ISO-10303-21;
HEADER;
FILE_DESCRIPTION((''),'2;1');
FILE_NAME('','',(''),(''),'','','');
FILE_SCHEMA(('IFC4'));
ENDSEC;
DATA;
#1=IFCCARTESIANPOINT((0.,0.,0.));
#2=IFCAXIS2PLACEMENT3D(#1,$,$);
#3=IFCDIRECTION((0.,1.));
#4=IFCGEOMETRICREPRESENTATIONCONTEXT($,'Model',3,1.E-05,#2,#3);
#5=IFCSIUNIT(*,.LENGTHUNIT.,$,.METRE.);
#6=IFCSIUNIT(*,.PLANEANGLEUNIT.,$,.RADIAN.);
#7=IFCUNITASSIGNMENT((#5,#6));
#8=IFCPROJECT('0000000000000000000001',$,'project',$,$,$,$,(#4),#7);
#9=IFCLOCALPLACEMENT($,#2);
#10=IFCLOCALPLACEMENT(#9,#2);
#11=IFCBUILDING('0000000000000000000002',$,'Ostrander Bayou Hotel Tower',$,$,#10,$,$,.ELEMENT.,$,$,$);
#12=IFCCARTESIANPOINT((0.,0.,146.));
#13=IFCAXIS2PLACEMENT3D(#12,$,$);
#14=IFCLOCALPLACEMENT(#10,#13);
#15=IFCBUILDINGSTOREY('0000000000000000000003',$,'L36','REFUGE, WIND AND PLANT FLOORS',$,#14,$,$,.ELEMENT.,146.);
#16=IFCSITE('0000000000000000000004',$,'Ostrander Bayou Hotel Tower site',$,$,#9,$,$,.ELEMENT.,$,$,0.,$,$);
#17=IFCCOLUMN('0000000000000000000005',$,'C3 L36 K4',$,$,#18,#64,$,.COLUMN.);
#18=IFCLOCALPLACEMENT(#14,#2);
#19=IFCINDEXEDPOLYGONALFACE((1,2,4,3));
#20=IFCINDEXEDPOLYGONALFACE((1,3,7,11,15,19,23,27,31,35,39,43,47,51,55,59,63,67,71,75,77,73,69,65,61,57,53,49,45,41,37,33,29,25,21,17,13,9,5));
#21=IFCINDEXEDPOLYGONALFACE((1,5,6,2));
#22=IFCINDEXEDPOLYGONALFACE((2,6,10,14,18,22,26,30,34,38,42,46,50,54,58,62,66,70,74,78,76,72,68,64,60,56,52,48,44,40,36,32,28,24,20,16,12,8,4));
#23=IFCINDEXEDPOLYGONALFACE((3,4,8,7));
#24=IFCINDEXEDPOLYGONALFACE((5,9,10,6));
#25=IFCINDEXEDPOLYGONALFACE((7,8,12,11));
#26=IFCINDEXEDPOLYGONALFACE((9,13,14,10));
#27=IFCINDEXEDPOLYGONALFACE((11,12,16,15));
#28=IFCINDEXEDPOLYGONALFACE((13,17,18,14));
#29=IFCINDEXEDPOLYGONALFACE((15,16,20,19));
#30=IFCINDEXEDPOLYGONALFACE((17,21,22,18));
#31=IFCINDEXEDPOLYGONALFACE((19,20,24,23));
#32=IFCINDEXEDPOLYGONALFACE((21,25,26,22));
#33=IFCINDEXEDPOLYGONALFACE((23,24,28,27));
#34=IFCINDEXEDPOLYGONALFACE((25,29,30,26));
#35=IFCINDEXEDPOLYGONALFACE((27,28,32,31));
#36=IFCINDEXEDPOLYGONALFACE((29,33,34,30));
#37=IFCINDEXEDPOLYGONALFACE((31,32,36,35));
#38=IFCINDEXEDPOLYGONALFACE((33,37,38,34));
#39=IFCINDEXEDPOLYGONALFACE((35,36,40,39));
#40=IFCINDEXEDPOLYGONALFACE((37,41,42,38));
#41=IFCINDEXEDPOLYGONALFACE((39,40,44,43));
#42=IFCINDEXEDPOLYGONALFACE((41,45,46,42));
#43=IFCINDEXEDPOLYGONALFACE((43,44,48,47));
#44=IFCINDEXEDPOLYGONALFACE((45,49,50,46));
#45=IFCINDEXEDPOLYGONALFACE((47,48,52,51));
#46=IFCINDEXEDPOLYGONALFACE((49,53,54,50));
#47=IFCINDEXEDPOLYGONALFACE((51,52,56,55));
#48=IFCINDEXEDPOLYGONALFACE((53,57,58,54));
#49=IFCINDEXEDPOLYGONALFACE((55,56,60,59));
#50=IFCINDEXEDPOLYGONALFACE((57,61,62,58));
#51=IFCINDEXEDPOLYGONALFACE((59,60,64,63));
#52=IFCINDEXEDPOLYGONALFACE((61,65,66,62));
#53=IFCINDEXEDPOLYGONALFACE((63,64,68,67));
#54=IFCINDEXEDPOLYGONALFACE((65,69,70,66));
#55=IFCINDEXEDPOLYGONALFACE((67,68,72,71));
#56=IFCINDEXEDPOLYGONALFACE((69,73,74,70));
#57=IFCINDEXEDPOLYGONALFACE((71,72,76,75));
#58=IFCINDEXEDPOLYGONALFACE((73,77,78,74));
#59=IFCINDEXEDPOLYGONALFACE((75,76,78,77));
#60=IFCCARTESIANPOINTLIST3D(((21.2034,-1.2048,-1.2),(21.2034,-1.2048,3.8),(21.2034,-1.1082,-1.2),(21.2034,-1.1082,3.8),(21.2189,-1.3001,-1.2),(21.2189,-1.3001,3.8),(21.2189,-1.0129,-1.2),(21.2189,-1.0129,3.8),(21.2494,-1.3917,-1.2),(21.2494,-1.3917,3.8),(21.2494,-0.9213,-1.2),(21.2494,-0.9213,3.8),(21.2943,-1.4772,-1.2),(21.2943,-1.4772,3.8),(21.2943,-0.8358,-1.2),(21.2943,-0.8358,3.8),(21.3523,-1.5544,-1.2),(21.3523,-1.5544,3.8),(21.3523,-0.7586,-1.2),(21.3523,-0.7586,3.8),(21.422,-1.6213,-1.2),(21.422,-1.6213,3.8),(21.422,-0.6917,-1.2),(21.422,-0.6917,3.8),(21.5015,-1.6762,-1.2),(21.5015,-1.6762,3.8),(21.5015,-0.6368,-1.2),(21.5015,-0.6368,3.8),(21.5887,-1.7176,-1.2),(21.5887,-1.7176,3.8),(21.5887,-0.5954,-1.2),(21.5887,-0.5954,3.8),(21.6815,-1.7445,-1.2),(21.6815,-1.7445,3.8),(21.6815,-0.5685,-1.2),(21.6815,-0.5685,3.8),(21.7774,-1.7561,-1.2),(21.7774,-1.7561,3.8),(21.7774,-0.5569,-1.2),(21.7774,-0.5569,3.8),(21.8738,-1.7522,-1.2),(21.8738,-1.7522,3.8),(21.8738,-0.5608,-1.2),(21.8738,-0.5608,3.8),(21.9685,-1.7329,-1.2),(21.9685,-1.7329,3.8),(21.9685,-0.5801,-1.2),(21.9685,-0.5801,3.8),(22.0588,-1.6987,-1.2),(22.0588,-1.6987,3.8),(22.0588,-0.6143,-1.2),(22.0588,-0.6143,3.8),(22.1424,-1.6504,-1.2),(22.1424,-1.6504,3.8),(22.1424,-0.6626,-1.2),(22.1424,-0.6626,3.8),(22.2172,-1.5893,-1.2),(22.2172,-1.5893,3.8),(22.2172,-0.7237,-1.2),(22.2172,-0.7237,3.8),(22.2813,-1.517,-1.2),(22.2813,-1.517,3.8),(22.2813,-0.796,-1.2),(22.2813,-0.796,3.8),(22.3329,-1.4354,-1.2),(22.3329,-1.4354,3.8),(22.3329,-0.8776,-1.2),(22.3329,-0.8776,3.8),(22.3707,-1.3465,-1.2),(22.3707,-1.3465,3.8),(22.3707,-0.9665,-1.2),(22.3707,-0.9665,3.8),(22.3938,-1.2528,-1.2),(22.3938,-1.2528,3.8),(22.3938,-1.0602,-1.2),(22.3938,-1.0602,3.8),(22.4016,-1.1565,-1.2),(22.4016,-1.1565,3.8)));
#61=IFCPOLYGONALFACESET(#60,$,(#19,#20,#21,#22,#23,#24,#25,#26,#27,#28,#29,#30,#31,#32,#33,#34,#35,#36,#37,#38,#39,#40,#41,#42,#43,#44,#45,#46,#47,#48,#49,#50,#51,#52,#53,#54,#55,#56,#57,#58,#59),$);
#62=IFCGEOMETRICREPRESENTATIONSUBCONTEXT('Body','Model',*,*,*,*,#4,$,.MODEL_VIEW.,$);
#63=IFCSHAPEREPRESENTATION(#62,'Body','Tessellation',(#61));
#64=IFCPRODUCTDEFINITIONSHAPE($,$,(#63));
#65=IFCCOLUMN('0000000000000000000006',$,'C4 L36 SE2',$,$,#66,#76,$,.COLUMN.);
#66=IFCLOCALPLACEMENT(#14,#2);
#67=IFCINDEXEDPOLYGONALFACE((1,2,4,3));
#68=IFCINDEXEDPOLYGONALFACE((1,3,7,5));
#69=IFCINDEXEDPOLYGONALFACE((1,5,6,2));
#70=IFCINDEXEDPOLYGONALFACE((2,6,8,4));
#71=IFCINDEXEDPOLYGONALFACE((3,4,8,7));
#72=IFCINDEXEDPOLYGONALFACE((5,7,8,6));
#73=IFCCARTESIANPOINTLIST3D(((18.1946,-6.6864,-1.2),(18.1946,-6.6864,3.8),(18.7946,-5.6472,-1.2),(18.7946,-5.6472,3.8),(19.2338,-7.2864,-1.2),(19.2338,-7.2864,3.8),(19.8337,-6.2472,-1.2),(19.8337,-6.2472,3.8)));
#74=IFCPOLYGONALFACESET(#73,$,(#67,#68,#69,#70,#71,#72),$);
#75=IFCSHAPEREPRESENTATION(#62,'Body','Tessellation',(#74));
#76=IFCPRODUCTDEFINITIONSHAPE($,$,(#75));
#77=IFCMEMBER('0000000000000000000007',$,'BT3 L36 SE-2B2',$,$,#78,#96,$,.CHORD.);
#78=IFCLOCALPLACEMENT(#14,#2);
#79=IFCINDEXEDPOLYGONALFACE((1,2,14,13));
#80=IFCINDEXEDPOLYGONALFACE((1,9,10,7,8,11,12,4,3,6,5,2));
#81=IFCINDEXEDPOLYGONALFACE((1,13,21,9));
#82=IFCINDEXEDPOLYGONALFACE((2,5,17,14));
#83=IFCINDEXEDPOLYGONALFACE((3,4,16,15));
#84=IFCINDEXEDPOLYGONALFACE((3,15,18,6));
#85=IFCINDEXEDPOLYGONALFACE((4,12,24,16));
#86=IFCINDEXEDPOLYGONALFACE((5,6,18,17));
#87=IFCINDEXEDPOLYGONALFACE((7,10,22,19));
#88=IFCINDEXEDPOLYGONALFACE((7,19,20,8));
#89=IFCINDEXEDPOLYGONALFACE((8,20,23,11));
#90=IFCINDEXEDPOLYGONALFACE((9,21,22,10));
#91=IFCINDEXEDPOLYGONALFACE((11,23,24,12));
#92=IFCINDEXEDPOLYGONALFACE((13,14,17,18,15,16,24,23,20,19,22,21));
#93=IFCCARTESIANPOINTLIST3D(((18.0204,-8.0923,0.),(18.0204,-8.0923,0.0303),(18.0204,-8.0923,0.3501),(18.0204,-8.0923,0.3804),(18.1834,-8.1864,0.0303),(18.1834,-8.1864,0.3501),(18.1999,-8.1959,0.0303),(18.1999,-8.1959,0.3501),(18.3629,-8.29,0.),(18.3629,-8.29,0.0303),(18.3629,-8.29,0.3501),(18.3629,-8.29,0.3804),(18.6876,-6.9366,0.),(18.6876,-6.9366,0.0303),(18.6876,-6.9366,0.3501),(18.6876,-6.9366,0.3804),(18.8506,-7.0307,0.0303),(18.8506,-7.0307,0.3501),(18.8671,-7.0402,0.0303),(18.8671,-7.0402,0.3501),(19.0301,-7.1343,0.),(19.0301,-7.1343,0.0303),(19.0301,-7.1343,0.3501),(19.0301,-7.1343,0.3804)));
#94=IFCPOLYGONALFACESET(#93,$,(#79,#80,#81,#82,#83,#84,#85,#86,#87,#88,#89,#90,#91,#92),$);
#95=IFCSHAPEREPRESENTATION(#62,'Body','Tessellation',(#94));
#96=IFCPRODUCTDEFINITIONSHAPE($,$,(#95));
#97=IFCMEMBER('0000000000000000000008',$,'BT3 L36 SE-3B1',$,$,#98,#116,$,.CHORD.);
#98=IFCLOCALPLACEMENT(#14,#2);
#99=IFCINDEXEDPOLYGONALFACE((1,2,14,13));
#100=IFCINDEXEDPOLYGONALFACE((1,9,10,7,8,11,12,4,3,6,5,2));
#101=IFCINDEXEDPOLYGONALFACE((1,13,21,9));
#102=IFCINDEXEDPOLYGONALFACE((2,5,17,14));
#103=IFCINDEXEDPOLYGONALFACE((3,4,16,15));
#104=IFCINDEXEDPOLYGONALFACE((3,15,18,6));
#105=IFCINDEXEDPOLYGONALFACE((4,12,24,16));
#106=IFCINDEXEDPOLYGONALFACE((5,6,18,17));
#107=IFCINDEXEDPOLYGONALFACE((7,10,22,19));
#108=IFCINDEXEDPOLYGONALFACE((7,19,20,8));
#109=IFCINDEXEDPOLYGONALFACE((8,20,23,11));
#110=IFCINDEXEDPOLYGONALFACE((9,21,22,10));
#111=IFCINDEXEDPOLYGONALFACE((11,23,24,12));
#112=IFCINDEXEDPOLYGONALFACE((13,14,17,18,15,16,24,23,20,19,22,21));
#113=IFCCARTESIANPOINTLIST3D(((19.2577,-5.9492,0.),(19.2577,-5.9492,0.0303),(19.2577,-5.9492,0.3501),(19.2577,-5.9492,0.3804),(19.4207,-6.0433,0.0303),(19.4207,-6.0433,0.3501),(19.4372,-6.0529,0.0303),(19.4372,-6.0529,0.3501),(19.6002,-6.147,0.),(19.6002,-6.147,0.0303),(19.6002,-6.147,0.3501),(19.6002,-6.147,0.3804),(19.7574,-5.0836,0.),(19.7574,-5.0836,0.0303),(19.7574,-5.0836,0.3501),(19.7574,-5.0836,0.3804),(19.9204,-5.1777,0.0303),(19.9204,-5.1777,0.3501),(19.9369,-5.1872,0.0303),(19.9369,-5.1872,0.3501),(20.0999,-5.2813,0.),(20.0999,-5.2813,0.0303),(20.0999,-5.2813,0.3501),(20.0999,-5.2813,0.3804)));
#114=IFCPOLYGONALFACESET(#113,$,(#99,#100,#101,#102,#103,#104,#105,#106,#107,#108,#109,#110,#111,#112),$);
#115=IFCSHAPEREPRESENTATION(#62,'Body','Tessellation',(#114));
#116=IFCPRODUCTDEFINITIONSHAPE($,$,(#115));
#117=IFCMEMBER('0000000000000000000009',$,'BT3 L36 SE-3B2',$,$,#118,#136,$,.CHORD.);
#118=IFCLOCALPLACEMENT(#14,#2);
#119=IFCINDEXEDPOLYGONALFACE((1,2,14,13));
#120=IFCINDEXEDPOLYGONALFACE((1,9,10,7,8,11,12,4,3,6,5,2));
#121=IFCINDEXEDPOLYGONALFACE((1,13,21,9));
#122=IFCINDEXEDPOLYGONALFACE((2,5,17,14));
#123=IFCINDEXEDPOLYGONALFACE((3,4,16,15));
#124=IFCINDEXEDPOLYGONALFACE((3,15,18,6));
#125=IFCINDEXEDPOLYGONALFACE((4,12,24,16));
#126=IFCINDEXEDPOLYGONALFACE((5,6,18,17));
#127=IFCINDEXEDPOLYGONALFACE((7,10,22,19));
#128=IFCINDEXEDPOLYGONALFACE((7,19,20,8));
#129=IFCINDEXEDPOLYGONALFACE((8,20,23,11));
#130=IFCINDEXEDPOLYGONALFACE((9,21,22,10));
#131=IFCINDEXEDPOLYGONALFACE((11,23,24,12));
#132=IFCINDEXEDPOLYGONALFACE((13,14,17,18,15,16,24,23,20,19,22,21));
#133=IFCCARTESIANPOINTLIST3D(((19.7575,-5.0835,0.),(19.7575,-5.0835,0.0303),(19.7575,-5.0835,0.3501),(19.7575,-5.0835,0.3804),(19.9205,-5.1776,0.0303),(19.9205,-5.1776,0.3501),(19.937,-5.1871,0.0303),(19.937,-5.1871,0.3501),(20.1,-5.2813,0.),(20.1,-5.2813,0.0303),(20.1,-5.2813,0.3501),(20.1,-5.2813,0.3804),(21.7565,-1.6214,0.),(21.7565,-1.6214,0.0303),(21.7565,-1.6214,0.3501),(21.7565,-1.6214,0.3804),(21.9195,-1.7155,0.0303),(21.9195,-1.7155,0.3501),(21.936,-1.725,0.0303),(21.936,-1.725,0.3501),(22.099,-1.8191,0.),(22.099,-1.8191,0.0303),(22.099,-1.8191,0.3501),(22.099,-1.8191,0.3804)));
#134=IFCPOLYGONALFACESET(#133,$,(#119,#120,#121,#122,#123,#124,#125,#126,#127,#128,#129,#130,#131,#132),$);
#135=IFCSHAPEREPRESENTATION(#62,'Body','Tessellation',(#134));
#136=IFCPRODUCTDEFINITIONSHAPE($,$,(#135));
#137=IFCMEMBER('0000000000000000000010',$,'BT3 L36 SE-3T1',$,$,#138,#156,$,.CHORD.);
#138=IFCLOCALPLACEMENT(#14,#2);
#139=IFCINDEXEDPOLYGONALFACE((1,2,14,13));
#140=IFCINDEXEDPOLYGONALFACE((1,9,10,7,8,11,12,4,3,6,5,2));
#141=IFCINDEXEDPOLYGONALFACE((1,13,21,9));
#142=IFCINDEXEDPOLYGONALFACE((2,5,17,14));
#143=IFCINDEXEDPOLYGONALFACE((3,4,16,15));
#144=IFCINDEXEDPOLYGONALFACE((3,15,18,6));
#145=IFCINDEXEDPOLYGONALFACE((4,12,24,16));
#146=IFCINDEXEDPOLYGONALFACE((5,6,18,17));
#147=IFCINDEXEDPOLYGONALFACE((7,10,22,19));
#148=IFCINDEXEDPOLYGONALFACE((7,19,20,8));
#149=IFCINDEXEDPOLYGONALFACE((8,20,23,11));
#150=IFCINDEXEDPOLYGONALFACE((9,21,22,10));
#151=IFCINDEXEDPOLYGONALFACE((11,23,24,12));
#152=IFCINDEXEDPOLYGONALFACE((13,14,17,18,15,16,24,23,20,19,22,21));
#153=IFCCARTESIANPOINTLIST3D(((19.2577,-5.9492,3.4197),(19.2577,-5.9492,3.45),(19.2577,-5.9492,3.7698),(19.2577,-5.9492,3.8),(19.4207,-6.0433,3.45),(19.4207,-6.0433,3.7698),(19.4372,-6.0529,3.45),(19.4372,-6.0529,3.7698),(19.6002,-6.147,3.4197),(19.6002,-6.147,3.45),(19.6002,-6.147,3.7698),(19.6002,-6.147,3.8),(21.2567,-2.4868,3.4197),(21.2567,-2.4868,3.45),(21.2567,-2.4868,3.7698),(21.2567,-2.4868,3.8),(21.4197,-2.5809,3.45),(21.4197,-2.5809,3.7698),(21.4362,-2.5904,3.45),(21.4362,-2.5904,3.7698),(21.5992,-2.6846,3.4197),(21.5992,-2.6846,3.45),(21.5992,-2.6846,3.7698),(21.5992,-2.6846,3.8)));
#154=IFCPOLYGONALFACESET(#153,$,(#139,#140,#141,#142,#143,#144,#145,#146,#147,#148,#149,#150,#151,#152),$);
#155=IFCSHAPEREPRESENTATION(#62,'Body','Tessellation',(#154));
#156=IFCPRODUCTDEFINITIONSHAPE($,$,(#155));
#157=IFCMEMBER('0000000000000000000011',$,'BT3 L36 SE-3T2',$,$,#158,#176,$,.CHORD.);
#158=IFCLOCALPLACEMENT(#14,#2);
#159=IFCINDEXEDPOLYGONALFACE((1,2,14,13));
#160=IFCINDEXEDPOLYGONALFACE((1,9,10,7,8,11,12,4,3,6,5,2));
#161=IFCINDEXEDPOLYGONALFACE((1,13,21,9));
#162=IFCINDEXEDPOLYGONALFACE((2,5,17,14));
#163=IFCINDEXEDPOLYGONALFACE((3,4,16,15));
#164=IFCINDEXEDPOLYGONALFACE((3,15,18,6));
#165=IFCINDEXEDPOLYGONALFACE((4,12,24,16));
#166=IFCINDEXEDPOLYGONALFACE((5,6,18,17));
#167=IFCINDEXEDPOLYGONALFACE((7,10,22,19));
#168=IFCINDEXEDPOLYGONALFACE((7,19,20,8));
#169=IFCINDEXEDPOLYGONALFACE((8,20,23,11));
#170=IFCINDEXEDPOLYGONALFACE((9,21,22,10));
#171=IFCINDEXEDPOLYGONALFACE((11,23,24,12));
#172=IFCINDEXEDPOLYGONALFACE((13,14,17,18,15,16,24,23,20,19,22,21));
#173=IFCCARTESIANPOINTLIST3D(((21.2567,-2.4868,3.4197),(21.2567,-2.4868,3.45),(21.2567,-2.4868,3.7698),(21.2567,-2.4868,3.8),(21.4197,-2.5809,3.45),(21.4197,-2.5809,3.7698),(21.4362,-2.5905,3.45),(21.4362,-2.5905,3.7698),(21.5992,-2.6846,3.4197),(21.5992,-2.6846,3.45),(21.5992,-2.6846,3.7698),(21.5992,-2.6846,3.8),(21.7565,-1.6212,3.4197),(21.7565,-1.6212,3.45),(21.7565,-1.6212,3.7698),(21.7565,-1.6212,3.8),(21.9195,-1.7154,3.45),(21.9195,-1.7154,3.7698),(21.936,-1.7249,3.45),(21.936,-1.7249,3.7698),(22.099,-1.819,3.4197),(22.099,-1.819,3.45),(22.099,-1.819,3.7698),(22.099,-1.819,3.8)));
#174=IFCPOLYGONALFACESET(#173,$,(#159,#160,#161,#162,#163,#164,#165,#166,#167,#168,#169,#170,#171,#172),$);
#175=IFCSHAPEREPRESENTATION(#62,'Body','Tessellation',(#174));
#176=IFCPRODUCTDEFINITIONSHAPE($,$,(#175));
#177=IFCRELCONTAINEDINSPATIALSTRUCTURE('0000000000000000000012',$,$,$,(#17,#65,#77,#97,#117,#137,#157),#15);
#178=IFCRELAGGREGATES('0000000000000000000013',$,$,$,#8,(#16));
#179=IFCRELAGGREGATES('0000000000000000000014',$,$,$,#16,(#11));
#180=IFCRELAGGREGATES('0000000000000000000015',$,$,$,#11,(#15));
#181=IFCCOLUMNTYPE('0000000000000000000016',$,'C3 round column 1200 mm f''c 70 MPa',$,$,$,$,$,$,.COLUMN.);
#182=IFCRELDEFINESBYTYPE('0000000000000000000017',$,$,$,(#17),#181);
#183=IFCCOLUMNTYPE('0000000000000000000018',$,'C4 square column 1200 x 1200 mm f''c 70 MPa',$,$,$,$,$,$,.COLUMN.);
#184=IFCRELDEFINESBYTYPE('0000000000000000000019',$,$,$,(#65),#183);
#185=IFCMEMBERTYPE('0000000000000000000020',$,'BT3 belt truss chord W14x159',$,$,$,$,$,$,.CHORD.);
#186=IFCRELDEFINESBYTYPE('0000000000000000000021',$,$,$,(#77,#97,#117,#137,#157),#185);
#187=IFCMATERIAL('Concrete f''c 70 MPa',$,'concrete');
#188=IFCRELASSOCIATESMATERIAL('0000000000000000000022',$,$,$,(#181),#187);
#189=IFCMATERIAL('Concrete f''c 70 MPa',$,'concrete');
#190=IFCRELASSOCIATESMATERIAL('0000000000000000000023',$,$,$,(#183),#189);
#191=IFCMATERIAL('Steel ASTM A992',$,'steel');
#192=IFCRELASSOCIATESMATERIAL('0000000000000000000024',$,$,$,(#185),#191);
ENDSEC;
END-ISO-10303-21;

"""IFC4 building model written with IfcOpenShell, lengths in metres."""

from ifc_helpers import new_model, si_unit, direction, frame, origin, origin_2d, place, context, subcontext, project, spatial, rectangle, circle, i_section, extrude, material, material_profile, profile_set, type_object, element, save


model = new_model("IFC4")

# Units and contexts
model_context = context("Model", 3, precision=1e-05, world=origin(), true_north=direction((0.0, 1.0)))
body_context = subcontext(model_context, "Body", "Model", "MODEL_VIEW")
ifc_project = project(units=[si_unit("LENGTHUNIT", "METRE"), si_unit("PLANEANGLEUNIT", "RADIAN")], contexts=[model_context])

# Site, building, storey
site_placement = place(None, origin())
site = spatial("IfcSite", under=ifc_project, at=site_placement, Name="Ostrander Bayou Hotel Tower site", CompositionType="ELEMENT", RefElevation=0.0)
building_placement = place(site_placement, origin())
building = spatial("IfcBuilding", under=site, at=building_placement, Name="Ostrander Bayou Hotel Tower", CompositionType="ELEMENT")
storey_placement = place(building_placement, frame((0.0, 0.0, 146.0)))
storey = spatial("IfcBuildingStorey", under=building, at=storey_placement, Name="L36", Description="REFUGE, WIND AND PLANT FLOORS", CompositionType="ELEMENT", Elevation=146.0)

# Columns
ifc_material_1 = material(Name="Concrete f'c 70 MPa", Category="concrete")
ifc_material_profile_1 = material_profile(ifc_material_1, circle(Radius=0.6001, at=origin_2d()))
ifc_profile_set_1 = profile_set([ifc_material_profile_1], Name="Concrete f'c 70 MPa")
column_type_1 = type_object("IfcColumnType", Name="C3 round column 1200 mm f'c 70 MPa", PredefinedType="COLUMN", material=ifc_profile_set_1)
column_1_placement = place(storey_placement, frame((21.8015, -1.1565, -1.2), z_axis=(0.0, 0.0, 1.0), x_axis=(1.0, 0.0, 0.0)))
element("IfcColumn", 1, at=column_1_placement, inside=storey, type_object=column_type_1, Name="C3 L36 K4", PredefinedType="COLUMN", context=body_context, shape_type="SweptSolid", body=[
    extrude(circle(Radius=0.6001, at=origin_2d()), origin(), (0.0, 0.0, 1.0), 5.0),
])
ifc_material_2 = material(Name="Concrete f'c 70 MPa", Category="concrete")
ifc_material_profile_2 = material_profile(ifc_material_2, rectangle(XDim=1.2, YDim=1.2, at=origin_2d()))
ifc_profile_set_2 = profile_set([ifc_material_profile_2], Name="Concrete f'c 70 MPa")
column_type_2 = type_object("IfcColumnType", Name="C4 square column 1200 x 1200 mm f'c 70 MPa", PredefinedType="COLUMN", material=ifc_profile_set_2)
column_2_placement = place(storey_placement, frame((19.0142, -6.4668, -1.2), z_axis=(0.0, 0.0, 1.0), x_axis=(-0.5, -0.866025, 0.0)))
element("IfcColumn", 2, at=column_2_placement, inside=storey, type_object=column_type_2, Name="C4 L36 SE2", PredefinedType="COLUMN", context=body_context, shape_type="SweptSolid", body=[
    extrude(rectangle(XDim=1.2, YDim=1.2, at=origin_2d()), origin(), (0.0, 0.0, 1.0), 5.0),
])

# Members
ifc_material_3 = material(Name="Steel ASTM A992", Category="steel")
ifc_material_profile_3 = material_profile(ifc_material_3, i_section(OverallWidth=0.3955, OverallDepth=0.3804, WebThickness=0.019, FlangeThickness=0.0303, at=origin_2d()))
ifc_profile_set_3 = profile_set([ifc_material_profile_3], Name="Steel ASTM A992")
member_type_1 = type_object("IfcMemberType", Name="BT3 belt truss chord W14x159", PredefinedType="CHORD", material=ifc_profile_set_3)
member_1_placement = place(storey_placement, frame((18.1917, -8.1912, 0.1902), z_axis=(0.499976, 0.866039, 0.0), x_axis=(-0.866039, 0.499976, 0.0)))
element("IfcMember", 3, at=member_1_placement, inside=storey, type_object=member_type_1, Name="BT3 L36 SE-2B2", PredefinedType="CHORD", context=body_context, shape_type="SweptSolid", body=[
    extrude(i_section(OverallWidth=0.3955, OverallDepth=0.3804, WebThickness=0.019, FlangeThickness=0.0303, at=origin_2d()), origin(), (0.0, 0.0, 1.0), 1.3345),
])
member_2_placement = place(storey_placement, frame((19.429, -6.0481, 0.1902), z_axis=(0.499948, 0.866055, 0.0), x_axis=(-0.866055, 0.499948, 0.0)))
element("IfcMember", 4, at=member_2_placement, inside=storey, type_object=member_type_1, Name="BT3 L36 SE-3B1", PredefinedType="CHORD", context=body_context, shape_type="SweptSolid", body=[
    extrude(i_section(OverallWidth=0.3955, OverallDepth=0.3804, WebThickness=0.019, FlangeThickness=0.0303, at=origin_2d()), origin(), (0.0, 0.0, 1.0), 0.9995),
])
member_3_placement = place(storey_placement, frame((19.9287, -5.1824, 0.1902), z_axis=(0.500027, 0.86601, 0.0), x_axis=(-0.86601, 0.500027, 0.0)))
element("IfcMember", 5, at=member_3_placement, inside=storey, type_object=member_type_1, Name="BT3 L36 SE-3B2", PredefinedType="CHORD", context=body_context, shape_type="SweptSolid", body=[
    extrude(i_section(OverallWidth=0.3955, OverallDepth=0.3804, WebThickness=0.019, FlangeThickness=0.0303, at=origin_2d()), origin(), (0.0, 0.0, 1.0), 3.9978),
])
member_4_placement = place(storey_placement, frame((19.429, -6.0481, 3.6099), z_axis=(0.500001, 0.866025, 0.0), x_axis=(-0.866025, 0.500001, 0.0)))
element("IfcMember", 6, at=member_4_placement, inside=storey, type_object=member_type_1, Name="BT3 L36 SE-3T1", PredefinedType="CHORD", context=body_context, shape_type="SweptSolid", body=[
    extrude(i_section(OverallWidth=0.3955, OverallDepth=0.3804, WebThickness=0.019, FlangeThickness=0.0303, at=origin_2d()), origin(), (0.0, 0.0, 1.0), 3.998),
])
member_5_placement = place(storey_placement, frame((21.428, -2.5857, 3.6099), z_axis=(0.500054, 0.865994, 0.0), x_axis=(-0.865994, 0.500054, 0.0)))
element("IfcMember", 7, at=member_5_placement, inside=storey, type_object=member_type_1, Name="BT3 L36 SE-3T2", PredefinedType="CHORD", context=body_context, shape_type="SweptSolid", body=[
    extrude(i_section(OverallWidth=0.3955, OverallDepth=0.3804, WebThickness=0.019, FlangeThickness=0.0303, at=origin_2d()), origin(), (0.0, 0.0, 1.0), 0.9995),
])

save(model, "model.ifc")
